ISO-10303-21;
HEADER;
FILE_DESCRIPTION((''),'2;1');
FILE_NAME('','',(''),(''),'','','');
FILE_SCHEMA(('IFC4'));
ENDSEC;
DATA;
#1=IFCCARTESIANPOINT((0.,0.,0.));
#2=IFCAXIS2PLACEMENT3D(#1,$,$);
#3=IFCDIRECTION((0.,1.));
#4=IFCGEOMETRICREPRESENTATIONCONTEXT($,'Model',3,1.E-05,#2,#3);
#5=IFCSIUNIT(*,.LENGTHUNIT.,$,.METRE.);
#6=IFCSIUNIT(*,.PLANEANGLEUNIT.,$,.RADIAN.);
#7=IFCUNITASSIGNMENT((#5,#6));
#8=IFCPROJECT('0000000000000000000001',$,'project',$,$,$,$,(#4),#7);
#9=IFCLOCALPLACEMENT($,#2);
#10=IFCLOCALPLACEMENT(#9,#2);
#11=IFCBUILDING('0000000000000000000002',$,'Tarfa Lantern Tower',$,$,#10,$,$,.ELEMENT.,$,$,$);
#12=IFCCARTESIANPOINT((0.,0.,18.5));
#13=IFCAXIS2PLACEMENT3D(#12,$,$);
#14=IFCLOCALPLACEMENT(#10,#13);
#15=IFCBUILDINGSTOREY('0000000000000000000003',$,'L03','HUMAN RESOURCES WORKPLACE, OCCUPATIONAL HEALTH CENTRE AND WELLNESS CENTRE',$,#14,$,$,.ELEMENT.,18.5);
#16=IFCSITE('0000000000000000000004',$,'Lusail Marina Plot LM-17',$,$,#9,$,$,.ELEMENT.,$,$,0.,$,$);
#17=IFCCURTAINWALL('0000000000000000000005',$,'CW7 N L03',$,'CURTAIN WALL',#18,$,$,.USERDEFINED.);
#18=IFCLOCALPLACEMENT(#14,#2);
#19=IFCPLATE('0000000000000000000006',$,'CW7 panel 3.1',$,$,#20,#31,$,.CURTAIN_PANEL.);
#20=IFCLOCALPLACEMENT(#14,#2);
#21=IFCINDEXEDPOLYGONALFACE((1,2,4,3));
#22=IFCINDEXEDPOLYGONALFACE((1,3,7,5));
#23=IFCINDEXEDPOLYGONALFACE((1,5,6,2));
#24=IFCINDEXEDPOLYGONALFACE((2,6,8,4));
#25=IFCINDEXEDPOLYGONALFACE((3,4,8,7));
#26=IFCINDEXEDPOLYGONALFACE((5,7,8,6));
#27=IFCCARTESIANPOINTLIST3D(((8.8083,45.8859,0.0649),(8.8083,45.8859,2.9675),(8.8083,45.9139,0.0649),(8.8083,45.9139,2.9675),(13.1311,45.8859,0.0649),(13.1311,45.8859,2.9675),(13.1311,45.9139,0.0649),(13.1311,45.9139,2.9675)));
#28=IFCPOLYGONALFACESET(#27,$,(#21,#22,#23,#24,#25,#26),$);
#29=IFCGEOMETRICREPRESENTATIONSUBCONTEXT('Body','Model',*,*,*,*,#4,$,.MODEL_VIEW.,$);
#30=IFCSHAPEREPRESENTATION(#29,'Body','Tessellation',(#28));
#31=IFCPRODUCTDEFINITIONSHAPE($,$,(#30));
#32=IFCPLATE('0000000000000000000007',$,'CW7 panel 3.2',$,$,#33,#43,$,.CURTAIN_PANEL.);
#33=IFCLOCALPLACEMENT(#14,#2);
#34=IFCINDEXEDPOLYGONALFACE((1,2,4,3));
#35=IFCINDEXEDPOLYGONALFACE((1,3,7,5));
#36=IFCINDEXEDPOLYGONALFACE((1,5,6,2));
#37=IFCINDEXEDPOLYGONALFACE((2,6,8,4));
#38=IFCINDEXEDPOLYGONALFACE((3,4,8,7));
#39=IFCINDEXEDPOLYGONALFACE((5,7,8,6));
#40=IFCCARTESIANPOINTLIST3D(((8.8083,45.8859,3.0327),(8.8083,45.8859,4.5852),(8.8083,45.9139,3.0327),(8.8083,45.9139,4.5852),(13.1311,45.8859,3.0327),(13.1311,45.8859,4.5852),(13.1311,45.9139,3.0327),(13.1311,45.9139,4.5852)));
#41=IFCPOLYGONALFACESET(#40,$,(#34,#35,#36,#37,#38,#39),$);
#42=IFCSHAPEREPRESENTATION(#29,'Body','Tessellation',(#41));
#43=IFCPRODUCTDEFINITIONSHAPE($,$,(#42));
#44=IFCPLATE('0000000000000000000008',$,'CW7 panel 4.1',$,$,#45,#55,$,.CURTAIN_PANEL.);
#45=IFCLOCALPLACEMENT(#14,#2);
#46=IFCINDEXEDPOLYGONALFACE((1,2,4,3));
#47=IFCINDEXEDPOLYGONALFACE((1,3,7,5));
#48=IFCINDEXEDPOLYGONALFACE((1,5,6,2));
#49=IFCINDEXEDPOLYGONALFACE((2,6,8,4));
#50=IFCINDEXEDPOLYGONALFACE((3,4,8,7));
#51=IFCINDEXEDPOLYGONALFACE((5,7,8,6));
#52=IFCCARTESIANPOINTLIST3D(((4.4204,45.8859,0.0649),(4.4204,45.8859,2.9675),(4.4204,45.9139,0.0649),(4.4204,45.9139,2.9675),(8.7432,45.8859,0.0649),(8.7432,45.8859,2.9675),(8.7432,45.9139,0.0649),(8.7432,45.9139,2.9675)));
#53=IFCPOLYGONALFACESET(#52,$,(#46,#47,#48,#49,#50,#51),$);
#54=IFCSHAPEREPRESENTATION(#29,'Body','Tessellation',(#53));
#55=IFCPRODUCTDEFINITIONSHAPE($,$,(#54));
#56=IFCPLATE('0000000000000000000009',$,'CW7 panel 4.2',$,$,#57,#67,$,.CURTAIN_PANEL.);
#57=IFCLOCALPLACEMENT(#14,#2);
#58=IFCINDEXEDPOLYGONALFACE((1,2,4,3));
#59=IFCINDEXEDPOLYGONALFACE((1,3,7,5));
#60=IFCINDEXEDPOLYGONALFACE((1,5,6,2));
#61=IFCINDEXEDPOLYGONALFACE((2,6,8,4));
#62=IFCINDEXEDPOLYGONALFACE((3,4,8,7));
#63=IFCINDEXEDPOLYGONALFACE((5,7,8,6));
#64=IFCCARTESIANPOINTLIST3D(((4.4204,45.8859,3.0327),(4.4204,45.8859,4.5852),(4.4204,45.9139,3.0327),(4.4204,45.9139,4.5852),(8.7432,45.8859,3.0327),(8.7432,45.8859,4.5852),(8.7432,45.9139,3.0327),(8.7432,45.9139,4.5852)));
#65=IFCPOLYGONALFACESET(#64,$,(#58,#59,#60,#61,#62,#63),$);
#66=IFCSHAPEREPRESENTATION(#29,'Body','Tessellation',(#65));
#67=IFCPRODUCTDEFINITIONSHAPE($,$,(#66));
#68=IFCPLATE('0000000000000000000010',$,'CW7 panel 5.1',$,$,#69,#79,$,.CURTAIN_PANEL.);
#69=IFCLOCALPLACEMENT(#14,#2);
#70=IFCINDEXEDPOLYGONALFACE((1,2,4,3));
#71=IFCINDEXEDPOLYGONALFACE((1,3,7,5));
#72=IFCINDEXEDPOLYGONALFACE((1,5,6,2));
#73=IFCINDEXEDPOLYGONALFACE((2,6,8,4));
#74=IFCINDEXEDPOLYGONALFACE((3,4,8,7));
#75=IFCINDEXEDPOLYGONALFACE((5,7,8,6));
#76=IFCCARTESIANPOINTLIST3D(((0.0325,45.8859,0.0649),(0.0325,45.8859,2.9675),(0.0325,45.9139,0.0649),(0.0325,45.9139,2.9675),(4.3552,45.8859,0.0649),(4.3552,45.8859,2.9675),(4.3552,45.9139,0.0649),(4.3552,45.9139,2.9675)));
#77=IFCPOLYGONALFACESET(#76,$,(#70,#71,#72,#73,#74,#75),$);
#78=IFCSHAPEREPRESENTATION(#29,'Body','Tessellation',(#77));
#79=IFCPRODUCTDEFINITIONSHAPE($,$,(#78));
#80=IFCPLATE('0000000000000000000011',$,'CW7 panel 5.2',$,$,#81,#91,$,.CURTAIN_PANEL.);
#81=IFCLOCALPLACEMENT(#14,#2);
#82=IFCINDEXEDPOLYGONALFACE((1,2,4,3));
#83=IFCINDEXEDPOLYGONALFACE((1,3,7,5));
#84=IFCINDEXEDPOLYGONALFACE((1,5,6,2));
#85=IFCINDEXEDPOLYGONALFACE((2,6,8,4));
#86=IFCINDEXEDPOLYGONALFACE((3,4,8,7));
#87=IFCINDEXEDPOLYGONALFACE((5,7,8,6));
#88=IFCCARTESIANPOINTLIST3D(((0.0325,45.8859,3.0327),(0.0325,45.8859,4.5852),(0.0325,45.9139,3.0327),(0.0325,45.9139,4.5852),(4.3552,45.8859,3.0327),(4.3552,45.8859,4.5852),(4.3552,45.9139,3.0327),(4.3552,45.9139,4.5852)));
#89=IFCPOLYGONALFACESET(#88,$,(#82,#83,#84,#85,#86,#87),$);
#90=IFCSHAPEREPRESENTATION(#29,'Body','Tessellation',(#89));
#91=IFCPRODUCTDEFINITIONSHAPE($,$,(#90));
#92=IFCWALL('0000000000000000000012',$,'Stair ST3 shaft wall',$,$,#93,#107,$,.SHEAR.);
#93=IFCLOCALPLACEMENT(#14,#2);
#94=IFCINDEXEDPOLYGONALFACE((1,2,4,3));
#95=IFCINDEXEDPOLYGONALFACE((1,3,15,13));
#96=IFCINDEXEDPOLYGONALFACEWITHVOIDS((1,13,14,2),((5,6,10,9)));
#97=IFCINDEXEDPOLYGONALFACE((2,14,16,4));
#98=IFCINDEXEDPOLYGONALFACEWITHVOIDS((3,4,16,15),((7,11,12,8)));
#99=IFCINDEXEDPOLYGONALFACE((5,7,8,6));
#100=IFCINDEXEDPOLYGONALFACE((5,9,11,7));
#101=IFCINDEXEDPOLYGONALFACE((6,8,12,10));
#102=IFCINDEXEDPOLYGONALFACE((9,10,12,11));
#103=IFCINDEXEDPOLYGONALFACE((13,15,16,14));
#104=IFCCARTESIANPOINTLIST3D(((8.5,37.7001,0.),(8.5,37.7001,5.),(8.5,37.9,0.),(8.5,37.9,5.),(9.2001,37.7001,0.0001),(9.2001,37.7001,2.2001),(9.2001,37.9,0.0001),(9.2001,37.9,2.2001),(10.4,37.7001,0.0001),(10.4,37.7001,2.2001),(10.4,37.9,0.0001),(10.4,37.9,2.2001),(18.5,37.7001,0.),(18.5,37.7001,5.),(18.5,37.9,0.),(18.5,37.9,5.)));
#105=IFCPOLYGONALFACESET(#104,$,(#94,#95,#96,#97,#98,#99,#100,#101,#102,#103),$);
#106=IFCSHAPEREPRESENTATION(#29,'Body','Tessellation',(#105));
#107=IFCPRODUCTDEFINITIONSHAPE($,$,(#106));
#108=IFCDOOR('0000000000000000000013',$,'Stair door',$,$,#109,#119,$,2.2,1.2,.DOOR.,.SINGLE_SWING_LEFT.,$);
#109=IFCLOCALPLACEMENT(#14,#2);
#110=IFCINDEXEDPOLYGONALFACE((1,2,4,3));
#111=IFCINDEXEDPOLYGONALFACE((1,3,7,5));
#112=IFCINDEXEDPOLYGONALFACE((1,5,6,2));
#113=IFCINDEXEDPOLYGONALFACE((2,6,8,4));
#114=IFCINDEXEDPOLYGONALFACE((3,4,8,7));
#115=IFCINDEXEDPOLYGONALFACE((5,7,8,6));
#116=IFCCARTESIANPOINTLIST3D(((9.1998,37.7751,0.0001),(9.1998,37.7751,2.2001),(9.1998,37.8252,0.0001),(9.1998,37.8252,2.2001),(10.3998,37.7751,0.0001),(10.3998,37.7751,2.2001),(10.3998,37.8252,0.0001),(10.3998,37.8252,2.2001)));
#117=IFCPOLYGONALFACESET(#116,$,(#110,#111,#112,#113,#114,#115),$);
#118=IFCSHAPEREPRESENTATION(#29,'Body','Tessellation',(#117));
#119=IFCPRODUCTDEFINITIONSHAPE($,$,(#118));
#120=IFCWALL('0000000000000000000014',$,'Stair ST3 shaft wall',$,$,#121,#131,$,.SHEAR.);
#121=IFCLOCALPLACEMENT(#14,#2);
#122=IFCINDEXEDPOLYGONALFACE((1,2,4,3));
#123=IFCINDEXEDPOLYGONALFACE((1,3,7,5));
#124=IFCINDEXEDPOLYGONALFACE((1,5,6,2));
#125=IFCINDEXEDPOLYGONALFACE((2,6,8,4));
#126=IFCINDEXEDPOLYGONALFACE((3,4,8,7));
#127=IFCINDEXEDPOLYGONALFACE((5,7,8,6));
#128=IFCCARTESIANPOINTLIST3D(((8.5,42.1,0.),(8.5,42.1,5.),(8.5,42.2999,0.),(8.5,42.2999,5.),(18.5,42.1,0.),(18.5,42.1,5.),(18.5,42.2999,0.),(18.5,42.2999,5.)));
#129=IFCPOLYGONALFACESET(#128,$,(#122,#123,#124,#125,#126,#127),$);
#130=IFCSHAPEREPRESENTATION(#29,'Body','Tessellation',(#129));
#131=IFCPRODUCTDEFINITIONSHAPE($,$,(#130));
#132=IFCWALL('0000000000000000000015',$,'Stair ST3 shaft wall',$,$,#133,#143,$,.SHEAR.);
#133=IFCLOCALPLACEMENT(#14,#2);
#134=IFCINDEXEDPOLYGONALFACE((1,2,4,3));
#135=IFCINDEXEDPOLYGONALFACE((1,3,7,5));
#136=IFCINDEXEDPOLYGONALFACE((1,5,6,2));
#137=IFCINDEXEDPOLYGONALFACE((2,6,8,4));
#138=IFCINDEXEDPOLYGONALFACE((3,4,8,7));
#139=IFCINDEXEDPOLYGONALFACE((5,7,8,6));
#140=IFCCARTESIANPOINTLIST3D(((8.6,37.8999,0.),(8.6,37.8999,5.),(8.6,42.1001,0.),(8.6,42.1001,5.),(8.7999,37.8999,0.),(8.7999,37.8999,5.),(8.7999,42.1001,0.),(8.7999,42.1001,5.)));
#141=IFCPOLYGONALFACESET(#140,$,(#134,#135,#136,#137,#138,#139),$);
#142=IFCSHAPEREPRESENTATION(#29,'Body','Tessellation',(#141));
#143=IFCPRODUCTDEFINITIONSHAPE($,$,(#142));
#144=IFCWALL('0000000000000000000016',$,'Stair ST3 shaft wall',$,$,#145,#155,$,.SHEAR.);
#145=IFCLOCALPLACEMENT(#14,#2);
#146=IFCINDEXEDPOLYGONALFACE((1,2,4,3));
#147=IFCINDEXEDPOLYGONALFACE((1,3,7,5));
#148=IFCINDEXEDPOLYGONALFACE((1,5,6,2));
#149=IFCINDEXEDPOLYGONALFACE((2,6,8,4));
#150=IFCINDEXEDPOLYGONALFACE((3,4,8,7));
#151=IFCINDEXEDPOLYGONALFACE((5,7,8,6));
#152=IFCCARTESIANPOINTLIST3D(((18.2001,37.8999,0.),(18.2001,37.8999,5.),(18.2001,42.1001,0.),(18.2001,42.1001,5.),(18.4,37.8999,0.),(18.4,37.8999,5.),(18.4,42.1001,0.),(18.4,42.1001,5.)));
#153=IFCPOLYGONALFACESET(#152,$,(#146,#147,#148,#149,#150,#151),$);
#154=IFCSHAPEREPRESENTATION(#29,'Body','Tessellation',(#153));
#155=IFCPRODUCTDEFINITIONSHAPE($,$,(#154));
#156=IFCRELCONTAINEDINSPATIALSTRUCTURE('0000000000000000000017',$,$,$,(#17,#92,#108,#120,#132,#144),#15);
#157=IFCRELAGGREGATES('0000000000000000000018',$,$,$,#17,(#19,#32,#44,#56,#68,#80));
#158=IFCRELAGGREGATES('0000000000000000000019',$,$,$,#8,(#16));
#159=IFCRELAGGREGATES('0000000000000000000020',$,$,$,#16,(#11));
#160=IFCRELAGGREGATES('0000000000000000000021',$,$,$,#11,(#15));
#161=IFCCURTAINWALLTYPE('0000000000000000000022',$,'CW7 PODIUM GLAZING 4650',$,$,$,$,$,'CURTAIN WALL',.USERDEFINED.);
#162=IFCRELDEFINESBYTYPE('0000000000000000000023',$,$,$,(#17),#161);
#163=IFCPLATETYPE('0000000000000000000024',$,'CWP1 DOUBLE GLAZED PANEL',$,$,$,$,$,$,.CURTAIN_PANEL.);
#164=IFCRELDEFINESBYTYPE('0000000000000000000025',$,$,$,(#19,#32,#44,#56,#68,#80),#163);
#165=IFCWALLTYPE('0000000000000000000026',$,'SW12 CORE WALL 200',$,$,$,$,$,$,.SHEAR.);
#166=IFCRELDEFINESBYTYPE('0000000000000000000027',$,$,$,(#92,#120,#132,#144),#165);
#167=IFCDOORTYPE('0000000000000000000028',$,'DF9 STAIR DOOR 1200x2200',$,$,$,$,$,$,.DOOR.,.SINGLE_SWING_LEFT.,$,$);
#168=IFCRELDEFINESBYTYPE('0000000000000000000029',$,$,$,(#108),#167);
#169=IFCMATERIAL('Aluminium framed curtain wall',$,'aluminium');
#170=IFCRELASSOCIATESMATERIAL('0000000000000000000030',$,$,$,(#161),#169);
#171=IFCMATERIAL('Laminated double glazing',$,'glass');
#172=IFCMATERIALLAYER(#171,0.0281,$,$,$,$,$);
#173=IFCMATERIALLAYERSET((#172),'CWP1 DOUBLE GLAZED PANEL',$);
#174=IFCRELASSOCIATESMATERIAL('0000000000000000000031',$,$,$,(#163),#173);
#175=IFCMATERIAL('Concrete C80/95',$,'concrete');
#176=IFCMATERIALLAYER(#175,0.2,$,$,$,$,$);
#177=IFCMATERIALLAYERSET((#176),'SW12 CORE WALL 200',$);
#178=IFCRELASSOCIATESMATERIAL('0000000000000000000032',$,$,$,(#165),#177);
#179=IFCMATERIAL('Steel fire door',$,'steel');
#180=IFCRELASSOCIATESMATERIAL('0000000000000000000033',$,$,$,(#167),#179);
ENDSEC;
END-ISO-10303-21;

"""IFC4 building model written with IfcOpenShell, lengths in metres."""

from ifc_helpers import new_model, si_unit, direction, frame, frame_2d, origin, origin_2d, place, context, subcontext, project, spatial, rectangle, extrude, material, layer, layer_set, type_object, element, fill, aggregate, save


model = new_model("IFC4")

# Units and contexts
model_context = context("Model", 3, precision=1e-05, world=origin(), true_north=direction((0.0, 1.0)))
body_context = subcontext(model_context, "Body", "Model", "MODEL_VIEW")
ifc_project = project(units=[si_unit("LENGTHUNIT", "METRE"), si_unit("PLANEANGLEUNIT", "RADIAN")], contexts=[model_context])

# Site, building, storey
site_placement = place(None, origin())
site = spatial("IfcSite", under=ifc_project, at=site_placement, Name="Lusail Marina Plot LM-17", CompositionType="ELEMENT", RefElevation=0.0)
building_placement = place(site_placement, origin())
building = spatial("IfcBuilding", under=site, at=building_placement, Name="Tarfa Lantern Tower", CompositionType="ELEMENT")
storey_placement = place(building_placement, frame((0.0, 0.0, 18.5)))
storey = spatial("IfcBuildingStorey", under=building, at=storey_placement, Name="L03", Description="HUMAN RESOURCES WORKPLACE, OCCUPATIONAL HEALTH CENTRE AND WELLNESS CENTRE", CompositionType="ELEMENT", Elevation=18.5)

# Shared definitions
ifc_material_1 = material(Name="Concrete C80/95", Category="concrete")

# Curtain wall
ifc_material_2 = material(Name="Aluminium framed curtain wall", Category="aluminium")
curtain_wall_type = type_object("IfcCurtainWallType", Name="CW7 PODIUM GLAZING 4650", ElementType="CURTAIN WALL", PredefinedType="USERDEFINED", material=ifc_material_2)
curtain_wall_placement = place(storey_placement, origin())
curtain_wall = element("IfcCurtainWall", 1, at=curtain_wall_placement, inside=storey, type_object=curtain_wall_type, Name="CW7 N L03", ObjectType="CURTAIN WALL", PredefinedType="USERDEFINED")

# Plates
ifc_material_3 = material(Name="Laminated double glazing", Category="glass")
ifc_layer_1 = layer(ifc_material_3, 0.0281)
ifc_layer_set_1 = layer_set([ifc_layer_1], Name="CWP1 DOUBLE GLAZED PANEL")
plate_type = type_object("IfcPlateType", Name="CWP1 DOUBLE GLAZED PANEL", PredefinedType="CURTAIN_PANEL", material=ifc_layer_set_1)
plate_1_placement = place(storey_placement, frame((10.9697, 45.8999, 0.0649), z_axis=(0.0, 0.0, 1.0), x_axis=(-1.0, 0.0, 0.0)))
plate_1 = element("IfcPlate", 2, at=plate_1_placement, type_object=plate_type, Name="CW7 panel 3.1", PredefinedType="CURTAIN_PANEL", context=body_context, shape_type="SweptSolid", body=[
    extrude(rectangle(XDim=4.3228, YDim=0.0281, at=origin_2d()), origin(), (0.0, 0.0, 1.0), 2.9026),
])
plate_2_placement = place(storey_placement, frame((10.9697, 45.8999, 3.0327), z_axis=(0.0, 0.0, 1.0), x_axis=(-1.0, 0.0, 0.0)))
plate_2 = element("IfcPlate", 3, at=plate_2_placement, type_object=plate_type, Name="CW7 panel 3.2", PredefinedType="CURTAIN_PANEL", context=body_context, shape_type="SweptSolid", body=[
    extrude(rectangle(XDim=4.3228, YDim=0.0281, at=origin_2d()), origin(), (0.0, 0.0, 1.0), 1.5525),
])
plate_3_placement = place(storey_placement, frame((6.5818, 45.8999, 0.0649), z_axis=(0.0, 0.0, 1.0), x_axis=(-1.0, 0.0, 0.0)))
plate_3 = element("IfcPlate", 4, at=plate_3_placement, type_object=plate_type, Name="CW7 panel 4.1", PredefinedType="CURTAIN_PANEL", context=body_context, shape_type="SweptSolid", body=[
    extrude(rectangle(XDim=4.3228, YDim=0.0281, at=origin_2d()), origin(), (0.0, 0.0, 1.0), 2.9026),
])
plate_4_placement = place(storey_placement, frame((6.5818, 45.8999, 3.0327), z_axis=(0.0, 0.0, 1.0), x_axis=(-1.0, 0.0, 0.0)))
plate_4 = element("IfcPlate", 5, at=plate_4_placement, type_object=plate_type, Name="CW7 panel 4.2", PredefinedType="CURTAIN_PANEL", context=body_context, shape_type="SweptSolid", body=[
    extrude(rectangle(XDim=4.3228, YDim=0.0281, at=origin_2d()), origin(), (0.0, 0.0, 1.0), 1.5525),
])
plate_5_placement = place(storey_placement, frame((2.1938, 45.8999, 0.0649), z_axis=(0.0, 0.0, 1.0), x_axis=(-1.0, 0.0, 0.0)))
plate_5 = element("IfcPlate", 6, at=plate_5_placement, type_object=plate_type, Name="CW7 panel 5.1", PredefinedType="CURTAIN_PANEL", context=body_context, shape_type="SweptSolid", body=[
    extrude(rectangle(XDim=4.3228, YDim=0.0281, at=origin_2d()), origin(), (0.0, 0.0, 1.0), 2.9026),
])
plate_6_placement = place(storey_placement, frame((2.1938, 45.8999, 3.0327), z_axis=(0.0, 0.0, 1.0), x_axis=(-1.0, 0.0, 0.0)))
plate_6 = element("IfcPlate", 7, at=plate_6_placement, type_object=plate_type, Name="CW7 panel 5.2", PredefinedType="CURTAIN_PANEL", context=body_context, shape_type="SweptSolid", body=[
    extrude(rectangle(XDim=4.3228, YDim=0.0281, at=origin_2d()), origin(), (0.0, 0.0, 1.0), 1.5525),
])
aggregate(curtain_wall, [plate_1, plate_2, plate_3, plate_4, plate_5, plate_6])

# Wall, opening, door
ifc_layer_2 = layer(ifc_material_1, 0.2)
ifc_layer_set_2 = layer_set([ifc_layer_2], Name="SW12 CORE WALL 200")
wall_type = type_object("IfcWallType", Name="SW12 CORE WALL 200", PredefinedType="SHEAR", material=ifc_layer_set_2)
wall_1_placement = place(storey_placement, frame((8.5, 37.8, 0.0), z_axis=(0.0, 0.0, 1.0), x_axis=(1.0, 0.0, 0.0)))
wall_1 = element("IfcWall", 8, at=wall_1_placement, inside=storey, type_object=wall_type, Name="Stair ST3 shaft wall", PredefinedType="SHEAR", context=body_context, shape_type="SweptSolid", body=[
    extrude(rectangle(XDim=10.0, YDim=0.2, at=frame_2d((5.0, 0.0))), origin(), (0.0, 0.0, 1.0), 5.0),
])
opening_placement = place(wall_1_placement, frame((0.7, 0.0, 0.0)))
opening = element("IfcOpeningElement", 9, at=opening_placement, cuts=wall_1, PredefinedType="OPENING", context=body_context, shape_type="SweptSolid", body=[
    extrude(rectangle(XDim=1.2, YDim=2.2, at=frame_2d((0.6001, 1.1001))), frame((0.0, 0.1099, 0.0), z_axis=(0.0, -1.0, 0.0), x_axis=(1.0, 0.0, 0.0)), (0.0, 0.0, 1.0), 0.22),
])
ifc_material_4 = material(Name="Steel fire door", Category="steel")
door_type = type_object("IfcDoorType", Name="DF9 STAIR DOOR 1200x2200", OperationType="SINGLE_SWING_LEFT", PredefinedType="DOOR", material=ifc_material_4)
door_placement = place(opening_placement, frame((1.2, 0.0, 0.0), z_axis=(0.0, 0.0, 1.0), x_axis=(-1.0, 0.0, 0.0)))
door = element("IfcDoor", 10, at=door_placement, inside=storey, type_object=door_type, Name="Stair door", OperationType="SINGLE_SWING_LEFT", OverallHeight=2.2, OverallWidth=1.2, PredefinedType="DOOR", context=body_context, shape_type="SweptSolid", body=[
    extrude(rectangle(XDim=1.2, YDim=2.2, at=frame_2d((0.6001, 1.1001))), frame((0.0, 0.0249, 0.0), z_axis=(0.0, -1.0, 0.0), x_axis=(1.0, 0.0, 0.0)), (0.0, 0.0, 1.0), 0.05),
])
fill(opening, door)

# Walls
wall_2_placement = place(storey_placement, frame((18.5, 42.2, 0.0), z_axis=(0.0, 0.0, 1.0), x_axis=(-1.0, 0.0, 0.0)))
element("IfcWall", 11, at=wall_2_placement, inside=storey, type_object=wall_type, Name="Stair ST3 shaft wall", PredefinedType="SHEAR", context=body_context, shape_type="SweptSolid", body=[
    extrude(rectangle(XDim=10.0, YDim=0.2, at=frame_2d((5.0, 0.0))), origin(), (0.0, 0.0, 1.0), 5.0),
])
for number, where, z_axis, x_axis, name in (
    (12, (8.7, 42.1001, 0.0), (0.0, 0.0, 1.0), (0.0, -1.0, 0.0), "Stair ST3 shaft wall"),
    (13, (18.3, 37.8999, 0.0), (0.0, 0.0, 1.0), (0.0, 1.0, 0.0), "Stair ST3 shaft wall"),
):
    element("IfcWall", number, at=place(storey_placement, frame(where, z_axis=z_axis, x_axis=x_axis)), inside=storey, type_object=wall_type, Name=name, PredefinedType="SHEAR", context=body_context, shape_type="SweptSolid", body=[
        extrude(rectangle(XDim=4.2002, YDim=0.2, at=frame_2d((2.1001, 0.0))), origin(), (0.0, 0.0, 1.0), 5.0),
    ])

save(model, "model.ifc")
